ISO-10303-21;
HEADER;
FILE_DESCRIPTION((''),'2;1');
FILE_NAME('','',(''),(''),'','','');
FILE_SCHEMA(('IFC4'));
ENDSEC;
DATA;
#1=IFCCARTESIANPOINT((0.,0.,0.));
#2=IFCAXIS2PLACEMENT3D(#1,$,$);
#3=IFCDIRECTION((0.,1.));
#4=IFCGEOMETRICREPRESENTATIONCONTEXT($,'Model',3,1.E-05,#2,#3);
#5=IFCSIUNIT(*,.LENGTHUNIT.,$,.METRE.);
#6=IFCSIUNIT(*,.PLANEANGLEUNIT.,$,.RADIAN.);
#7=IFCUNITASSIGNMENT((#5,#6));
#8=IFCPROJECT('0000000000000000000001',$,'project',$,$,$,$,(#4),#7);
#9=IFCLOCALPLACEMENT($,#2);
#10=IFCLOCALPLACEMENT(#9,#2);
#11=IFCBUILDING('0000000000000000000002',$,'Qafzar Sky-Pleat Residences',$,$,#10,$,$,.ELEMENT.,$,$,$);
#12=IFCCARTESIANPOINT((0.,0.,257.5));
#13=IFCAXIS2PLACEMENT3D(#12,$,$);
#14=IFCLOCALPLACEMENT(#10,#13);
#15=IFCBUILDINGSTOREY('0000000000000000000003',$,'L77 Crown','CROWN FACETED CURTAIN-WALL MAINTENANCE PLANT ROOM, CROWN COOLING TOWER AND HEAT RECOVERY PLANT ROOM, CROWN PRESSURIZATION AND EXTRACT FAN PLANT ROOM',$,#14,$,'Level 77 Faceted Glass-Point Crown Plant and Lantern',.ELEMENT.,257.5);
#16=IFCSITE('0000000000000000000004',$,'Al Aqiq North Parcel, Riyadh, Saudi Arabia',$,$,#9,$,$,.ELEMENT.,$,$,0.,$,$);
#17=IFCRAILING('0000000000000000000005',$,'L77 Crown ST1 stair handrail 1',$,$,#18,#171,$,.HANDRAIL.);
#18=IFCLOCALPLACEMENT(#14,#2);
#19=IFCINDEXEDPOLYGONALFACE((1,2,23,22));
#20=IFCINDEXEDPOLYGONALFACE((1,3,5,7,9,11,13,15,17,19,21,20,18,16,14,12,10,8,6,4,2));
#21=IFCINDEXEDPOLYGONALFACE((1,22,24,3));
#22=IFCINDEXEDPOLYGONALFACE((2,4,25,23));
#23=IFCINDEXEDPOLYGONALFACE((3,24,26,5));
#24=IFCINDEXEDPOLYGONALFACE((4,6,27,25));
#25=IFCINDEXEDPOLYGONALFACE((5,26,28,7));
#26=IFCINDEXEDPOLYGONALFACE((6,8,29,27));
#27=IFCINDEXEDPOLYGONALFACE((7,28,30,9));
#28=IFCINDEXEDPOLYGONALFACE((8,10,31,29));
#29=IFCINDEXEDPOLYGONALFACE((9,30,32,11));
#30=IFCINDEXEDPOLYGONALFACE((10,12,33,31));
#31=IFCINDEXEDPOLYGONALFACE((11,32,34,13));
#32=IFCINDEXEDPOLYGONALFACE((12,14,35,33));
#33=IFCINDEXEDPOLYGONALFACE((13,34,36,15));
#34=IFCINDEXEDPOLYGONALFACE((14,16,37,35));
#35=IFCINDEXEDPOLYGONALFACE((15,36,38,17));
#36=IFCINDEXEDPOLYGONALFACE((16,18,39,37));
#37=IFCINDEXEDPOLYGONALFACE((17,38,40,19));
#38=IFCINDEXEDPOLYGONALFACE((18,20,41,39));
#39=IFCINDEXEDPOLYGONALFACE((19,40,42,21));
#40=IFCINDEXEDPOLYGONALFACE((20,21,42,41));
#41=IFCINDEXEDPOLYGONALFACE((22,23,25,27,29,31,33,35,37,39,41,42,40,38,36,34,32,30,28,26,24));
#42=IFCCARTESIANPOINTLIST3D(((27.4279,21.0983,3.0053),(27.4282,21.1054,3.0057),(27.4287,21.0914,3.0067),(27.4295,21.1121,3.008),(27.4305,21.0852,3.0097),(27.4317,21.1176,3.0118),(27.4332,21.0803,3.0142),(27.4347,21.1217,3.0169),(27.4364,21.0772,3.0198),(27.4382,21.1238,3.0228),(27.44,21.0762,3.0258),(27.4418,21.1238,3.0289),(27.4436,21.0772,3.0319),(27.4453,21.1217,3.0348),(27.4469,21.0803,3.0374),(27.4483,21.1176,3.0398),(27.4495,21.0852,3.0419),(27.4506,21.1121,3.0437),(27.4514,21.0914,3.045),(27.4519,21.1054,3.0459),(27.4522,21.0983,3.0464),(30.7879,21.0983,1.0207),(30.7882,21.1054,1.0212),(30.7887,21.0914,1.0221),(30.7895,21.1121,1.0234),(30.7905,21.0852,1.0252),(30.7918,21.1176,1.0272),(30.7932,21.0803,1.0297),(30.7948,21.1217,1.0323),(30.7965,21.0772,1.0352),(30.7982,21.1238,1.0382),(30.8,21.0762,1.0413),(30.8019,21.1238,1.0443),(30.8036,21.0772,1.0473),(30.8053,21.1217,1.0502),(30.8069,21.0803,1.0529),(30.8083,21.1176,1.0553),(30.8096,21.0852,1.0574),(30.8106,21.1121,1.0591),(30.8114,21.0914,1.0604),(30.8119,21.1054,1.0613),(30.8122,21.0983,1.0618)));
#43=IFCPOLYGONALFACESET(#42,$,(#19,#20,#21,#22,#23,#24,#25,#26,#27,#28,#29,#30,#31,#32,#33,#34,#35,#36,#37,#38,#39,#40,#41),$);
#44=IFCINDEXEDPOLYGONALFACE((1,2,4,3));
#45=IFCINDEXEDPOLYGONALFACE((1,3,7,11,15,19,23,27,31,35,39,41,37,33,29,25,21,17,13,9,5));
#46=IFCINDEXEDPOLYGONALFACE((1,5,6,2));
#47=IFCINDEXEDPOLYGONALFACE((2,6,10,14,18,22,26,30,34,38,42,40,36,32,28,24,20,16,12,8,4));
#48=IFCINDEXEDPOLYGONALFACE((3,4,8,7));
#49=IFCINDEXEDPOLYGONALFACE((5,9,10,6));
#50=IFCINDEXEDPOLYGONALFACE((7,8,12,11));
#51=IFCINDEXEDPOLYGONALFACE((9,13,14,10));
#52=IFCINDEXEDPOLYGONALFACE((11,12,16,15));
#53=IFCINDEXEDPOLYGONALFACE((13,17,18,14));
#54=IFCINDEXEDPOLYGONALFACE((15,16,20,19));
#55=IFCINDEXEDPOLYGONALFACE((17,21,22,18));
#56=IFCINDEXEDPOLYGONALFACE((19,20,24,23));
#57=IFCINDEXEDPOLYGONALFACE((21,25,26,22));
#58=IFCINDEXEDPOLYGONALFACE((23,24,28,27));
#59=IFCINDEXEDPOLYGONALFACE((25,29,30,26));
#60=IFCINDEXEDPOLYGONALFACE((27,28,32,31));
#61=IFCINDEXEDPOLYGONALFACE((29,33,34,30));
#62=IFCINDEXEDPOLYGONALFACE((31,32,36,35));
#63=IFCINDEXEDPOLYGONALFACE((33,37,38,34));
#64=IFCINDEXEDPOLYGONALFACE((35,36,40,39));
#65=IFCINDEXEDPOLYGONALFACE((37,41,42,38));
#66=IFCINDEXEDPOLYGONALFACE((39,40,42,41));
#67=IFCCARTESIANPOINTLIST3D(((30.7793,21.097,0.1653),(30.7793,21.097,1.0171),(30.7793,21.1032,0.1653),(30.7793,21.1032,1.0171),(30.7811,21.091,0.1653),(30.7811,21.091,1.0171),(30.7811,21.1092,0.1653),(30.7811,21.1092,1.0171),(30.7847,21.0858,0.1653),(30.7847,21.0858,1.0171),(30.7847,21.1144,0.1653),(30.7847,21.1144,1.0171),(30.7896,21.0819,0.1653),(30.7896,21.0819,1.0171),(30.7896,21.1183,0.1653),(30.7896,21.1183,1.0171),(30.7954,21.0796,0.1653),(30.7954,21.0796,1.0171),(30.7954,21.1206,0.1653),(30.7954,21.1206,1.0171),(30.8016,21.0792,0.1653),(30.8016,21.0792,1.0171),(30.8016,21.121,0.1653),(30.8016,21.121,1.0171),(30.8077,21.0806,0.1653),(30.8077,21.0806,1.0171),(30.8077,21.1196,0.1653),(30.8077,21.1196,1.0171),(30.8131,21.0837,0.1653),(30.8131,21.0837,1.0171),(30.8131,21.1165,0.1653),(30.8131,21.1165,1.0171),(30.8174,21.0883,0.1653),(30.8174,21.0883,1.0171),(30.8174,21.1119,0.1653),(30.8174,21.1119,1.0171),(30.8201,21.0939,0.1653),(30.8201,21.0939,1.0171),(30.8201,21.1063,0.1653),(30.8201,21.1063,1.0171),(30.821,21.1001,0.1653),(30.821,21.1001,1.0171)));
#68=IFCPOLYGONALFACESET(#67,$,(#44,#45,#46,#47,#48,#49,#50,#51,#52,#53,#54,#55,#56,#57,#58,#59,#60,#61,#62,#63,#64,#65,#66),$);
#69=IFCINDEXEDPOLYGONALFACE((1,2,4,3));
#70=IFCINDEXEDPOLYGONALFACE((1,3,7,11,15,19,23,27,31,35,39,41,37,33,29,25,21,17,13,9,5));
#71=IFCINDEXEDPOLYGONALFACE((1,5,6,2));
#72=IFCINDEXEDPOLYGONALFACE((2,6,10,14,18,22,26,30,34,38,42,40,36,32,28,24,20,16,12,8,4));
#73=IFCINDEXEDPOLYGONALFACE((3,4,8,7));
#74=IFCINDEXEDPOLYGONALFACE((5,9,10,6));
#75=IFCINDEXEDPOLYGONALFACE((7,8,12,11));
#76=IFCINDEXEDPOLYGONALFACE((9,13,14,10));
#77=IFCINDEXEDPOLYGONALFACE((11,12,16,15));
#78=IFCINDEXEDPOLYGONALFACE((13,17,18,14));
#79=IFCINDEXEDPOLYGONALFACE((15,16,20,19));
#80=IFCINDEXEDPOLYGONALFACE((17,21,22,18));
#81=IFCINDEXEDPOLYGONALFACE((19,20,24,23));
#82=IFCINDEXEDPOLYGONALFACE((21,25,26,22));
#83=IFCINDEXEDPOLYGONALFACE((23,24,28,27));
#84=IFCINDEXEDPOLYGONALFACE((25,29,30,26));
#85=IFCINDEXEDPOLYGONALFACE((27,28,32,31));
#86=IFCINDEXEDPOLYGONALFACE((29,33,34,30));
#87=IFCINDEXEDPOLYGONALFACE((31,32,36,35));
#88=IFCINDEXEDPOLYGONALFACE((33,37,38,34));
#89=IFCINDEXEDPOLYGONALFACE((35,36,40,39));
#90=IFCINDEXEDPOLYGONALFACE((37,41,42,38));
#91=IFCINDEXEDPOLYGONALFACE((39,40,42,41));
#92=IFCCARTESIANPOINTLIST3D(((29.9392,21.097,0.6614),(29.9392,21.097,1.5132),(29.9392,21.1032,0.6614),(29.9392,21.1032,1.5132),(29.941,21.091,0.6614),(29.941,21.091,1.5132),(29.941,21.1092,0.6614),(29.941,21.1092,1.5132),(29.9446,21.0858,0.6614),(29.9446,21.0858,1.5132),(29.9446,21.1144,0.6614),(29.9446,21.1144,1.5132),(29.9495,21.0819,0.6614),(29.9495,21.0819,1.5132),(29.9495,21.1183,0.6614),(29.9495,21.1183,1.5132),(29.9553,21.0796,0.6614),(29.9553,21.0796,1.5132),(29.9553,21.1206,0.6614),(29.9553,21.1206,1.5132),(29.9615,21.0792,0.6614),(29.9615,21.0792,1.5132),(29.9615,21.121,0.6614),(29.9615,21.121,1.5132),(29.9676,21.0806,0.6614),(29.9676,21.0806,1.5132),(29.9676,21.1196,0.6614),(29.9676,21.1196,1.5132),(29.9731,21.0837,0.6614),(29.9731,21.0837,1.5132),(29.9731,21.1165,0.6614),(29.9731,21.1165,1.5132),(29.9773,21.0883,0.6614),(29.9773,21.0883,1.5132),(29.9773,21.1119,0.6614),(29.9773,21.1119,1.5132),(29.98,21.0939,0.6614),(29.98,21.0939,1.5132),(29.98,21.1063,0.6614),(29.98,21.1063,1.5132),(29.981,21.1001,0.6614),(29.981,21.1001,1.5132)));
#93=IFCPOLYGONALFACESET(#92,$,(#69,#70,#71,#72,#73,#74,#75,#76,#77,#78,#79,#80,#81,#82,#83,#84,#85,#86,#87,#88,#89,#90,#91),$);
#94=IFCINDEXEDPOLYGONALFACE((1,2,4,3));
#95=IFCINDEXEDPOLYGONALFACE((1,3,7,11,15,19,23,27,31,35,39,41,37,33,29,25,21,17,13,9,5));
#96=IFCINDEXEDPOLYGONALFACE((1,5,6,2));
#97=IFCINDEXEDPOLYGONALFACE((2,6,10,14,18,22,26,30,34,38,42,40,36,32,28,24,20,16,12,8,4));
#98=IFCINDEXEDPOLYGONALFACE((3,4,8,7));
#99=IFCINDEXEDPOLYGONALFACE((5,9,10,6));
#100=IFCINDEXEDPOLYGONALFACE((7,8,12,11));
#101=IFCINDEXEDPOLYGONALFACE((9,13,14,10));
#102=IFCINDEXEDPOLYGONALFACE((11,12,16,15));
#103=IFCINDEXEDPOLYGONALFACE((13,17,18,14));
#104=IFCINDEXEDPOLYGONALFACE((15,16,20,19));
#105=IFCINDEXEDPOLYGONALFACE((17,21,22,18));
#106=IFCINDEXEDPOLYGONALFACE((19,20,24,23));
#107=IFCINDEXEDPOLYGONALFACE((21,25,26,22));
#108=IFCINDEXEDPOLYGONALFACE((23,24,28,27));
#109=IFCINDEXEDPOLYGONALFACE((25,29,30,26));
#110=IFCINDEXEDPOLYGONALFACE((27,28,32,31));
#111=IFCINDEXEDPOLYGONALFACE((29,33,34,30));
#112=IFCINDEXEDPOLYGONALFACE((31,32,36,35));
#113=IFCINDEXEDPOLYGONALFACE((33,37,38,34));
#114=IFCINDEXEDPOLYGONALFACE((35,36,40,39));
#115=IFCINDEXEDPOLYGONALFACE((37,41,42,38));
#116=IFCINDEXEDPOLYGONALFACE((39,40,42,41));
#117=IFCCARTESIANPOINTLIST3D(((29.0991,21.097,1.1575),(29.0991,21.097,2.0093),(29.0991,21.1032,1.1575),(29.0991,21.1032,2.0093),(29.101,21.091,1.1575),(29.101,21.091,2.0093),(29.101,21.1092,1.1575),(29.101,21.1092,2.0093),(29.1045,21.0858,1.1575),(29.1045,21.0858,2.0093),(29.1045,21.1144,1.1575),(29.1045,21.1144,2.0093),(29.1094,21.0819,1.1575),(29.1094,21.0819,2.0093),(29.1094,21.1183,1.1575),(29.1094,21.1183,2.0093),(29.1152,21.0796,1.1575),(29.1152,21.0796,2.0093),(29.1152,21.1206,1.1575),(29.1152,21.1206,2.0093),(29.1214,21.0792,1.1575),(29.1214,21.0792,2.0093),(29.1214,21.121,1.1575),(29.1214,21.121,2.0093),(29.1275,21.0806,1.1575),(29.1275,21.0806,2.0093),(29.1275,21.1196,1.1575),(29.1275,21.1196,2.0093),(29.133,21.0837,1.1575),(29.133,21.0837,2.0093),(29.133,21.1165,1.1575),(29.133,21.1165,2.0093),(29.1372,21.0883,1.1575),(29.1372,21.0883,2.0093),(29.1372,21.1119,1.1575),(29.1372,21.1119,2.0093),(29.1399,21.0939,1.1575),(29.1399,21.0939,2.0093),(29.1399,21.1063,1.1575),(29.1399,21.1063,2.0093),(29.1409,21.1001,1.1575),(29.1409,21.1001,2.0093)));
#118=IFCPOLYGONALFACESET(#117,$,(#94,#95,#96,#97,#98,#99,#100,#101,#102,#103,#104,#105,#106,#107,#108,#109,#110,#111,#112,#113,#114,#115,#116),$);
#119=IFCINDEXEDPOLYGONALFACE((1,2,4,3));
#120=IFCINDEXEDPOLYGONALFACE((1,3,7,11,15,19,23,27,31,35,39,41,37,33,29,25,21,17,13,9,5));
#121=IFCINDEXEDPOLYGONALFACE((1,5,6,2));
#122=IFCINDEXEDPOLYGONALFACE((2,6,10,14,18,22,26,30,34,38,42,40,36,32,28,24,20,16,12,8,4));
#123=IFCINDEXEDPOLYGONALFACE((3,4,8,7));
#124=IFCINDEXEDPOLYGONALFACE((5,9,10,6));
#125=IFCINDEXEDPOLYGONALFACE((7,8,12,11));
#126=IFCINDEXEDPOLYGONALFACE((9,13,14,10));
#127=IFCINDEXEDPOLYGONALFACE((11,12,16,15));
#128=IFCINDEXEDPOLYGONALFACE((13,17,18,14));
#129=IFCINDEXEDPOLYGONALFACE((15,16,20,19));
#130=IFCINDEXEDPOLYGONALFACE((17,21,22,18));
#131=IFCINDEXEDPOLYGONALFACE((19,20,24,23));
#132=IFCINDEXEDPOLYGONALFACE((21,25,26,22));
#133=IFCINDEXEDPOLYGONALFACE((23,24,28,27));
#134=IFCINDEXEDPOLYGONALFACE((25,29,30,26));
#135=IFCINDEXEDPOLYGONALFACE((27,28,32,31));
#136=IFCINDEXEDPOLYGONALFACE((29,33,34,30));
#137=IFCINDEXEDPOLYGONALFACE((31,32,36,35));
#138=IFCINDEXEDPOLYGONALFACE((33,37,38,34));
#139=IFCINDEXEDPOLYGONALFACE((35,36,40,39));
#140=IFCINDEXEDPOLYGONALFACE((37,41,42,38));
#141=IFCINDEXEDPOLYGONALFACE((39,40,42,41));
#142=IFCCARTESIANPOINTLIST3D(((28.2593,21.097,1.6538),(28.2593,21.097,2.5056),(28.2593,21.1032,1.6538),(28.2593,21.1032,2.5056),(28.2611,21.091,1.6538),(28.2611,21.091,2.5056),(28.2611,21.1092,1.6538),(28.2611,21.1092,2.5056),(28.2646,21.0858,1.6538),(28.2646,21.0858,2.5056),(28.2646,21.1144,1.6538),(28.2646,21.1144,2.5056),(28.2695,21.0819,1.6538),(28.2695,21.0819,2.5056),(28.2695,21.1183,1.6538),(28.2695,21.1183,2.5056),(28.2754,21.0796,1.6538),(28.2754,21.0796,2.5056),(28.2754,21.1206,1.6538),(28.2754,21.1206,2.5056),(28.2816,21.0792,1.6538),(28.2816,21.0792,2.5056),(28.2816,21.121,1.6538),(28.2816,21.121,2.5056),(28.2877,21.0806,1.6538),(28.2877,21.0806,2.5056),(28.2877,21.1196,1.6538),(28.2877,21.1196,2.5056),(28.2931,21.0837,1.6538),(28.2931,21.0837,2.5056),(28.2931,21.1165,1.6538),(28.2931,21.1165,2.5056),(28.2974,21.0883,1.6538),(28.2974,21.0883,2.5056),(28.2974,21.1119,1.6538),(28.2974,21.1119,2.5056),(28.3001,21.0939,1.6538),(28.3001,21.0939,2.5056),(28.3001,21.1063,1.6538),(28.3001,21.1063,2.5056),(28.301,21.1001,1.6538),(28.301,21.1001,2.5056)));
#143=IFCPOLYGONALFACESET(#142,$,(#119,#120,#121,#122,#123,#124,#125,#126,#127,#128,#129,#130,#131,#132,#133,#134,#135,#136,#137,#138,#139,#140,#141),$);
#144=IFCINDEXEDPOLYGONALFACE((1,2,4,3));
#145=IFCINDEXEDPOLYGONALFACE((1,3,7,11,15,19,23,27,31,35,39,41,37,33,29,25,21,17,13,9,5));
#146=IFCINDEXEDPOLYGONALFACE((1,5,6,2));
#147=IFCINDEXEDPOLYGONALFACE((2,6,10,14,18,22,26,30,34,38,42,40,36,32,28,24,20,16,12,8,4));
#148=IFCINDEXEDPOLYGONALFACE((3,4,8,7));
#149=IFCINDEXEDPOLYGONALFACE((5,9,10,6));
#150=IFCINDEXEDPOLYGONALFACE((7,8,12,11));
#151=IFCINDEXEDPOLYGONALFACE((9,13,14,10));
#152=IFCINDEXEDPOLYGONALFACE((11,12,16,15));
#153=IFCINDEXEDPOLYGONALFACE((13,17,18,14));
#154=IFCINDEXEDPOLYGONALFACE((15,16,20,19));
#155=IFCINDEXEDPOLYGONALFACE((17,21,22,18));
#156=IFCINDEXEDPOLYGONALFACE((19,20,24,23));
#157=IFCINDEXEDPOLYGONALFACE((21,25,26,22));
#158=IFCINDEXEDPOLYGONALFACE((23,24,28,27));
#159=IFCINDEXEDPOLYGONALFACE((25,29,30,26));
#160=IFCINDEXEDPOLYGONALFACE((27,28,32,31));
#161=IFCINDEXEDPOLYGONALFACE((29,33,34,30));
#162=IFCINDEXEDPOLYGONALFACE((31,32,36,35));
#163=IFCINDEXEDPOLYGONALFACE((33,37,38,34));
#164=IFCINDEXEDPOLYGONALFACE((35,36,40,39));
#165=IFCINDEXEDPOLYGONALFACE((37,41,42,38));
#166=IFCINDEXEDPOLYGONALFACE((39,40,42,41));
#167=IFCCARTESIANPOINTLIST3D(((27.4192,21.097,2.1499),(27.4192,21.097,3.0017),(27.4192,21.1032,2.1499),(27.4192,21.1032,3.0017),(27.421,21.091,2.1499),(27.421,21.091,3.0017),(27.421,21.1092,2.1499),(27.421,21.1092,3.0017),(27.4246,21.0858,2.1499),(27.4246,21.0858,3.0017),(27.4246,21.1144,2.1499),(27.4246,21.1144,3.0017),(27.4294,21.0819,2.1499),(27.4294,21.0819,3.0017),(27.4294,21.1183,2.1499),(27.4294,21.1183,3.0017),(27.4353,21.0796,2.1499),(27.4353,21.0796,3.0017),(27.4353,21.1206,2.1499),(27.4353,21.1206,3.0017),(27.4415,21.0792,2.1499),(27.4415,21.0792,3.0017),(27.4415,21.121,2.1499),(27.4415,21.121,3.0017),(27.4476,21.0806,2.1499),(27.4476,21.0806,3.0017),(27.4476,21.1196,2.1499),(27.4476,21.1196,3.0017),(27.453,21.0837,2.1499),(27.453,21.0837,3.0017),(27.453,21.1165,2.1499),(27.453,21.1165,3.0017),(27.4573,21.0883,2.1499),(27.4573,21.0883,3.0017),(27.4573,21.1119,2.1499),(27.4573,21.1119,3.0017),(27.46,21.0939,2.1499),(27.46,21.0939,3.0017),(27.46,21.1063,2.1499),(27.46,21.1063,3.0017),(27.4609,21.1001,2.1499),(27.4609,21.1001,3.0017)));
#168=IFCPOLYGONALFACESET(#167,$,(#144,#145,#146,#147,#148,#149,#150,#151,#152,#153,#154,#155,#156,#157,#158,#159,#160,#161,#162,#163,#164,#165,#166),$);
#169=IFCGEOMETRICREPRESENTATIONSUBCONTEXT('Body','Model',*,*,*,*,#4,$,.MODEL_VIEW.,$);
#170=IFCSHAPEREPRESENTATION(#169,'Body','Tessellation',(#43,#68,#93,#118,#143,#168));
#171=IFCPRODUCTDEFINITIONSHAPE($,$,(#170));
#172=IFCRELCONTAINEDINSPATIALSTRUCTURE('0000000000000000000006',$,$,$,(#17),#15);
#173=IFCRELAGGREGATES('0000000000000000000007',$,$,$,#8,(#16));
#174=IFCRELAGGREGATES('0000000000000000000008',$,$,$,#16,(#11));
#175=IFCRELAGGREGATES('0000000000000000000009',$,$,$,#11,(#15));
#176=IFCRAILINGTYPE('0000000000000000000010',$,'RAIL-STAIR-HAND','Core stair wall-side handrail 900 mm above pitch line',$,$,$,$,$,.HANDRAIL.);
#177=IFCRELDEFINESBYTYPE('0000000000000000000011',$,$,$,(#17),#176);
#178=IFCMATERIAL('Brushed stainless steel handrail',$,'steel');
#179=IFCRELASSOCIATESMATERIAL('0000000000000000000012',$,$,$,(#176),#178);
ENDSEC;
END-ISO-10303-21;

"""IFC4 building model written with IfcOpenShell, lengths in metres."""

from ifc_helpers import new_model, si_unit, direction, frame, origin, origin_2d, place, context, subcontext, project, spatial, circle, extrude, source, transform, mapped, material, type_object, element, save


model = new_model("IFC4")

# Units and contexts
model_context = context("Model", 3, precision=1e-05, world=origin(), true_north=direction((0.0, 1.0)))
body_context = subcontext(model_context, "Body", "Model", "MODEL_VIEW")
ifc_project = project(units=[si_unit("LENGTHUNIT", "METRE"), si_unit("PLANEANGLEUNIT", "RADIAN")], contexts=[model_context])

# Site, building, storey
site_placement = place(None, origin())
site = spatial("IfcSite", under=ifc_project, at=site_placement, Name="Al Aqiq North Parcel, Riyadh, Saudi Arabia", CompositionType="ELEMENT", RefElevation=0.0)
building_placement = place(site_placement, origin())
building = spatial("IfcBuilding", under=site, at=building_placement, Name="Qafzar Sky-Pleat Residences", CompositionType="ELEMENT")
storey_placement = place(building_placement, frame((0.0, 0.0, 257.5)))
storey = spatial("IfcBuildingStorey", under=building, at=storey_placement, Name="L77 Crown", Description="CROWN FACETED CURTAIN-WALL MAINTENANCE PLANT ROOM, CROWN COOLING TOWER AND HEAT RECOVERY PLANT ROOM, CROWN PRESSURIZATION AND EXTRACT FAN PLANT ROOM", LongName="Level 77 Faceted Glass-Point Crown Plant and Lantern", CompositionType="ELEMENT", Elevation=257.5)

# Railing
ifc_material_1 = material(Name="Brushed stainless steel handrail", Category="steel")
railing_type_1 = type_object("IfcRailingType", Name="RAIL-STAIR-HAND", Description="Core stair wall-side handrail 900 mm above pitch line", PredefinedType="HANDRAIL", material=ifc_material_1)
shared_shape_1 = source(origin(), body_context, "Body", "SweptSolid", [
    extrude(circle(Radius=0.0239, at=origin_2d()), frame((0.0, 0.0, 0.876), z_axis=(-0.861027, 0.0, 0.508559), x_axis=(0.0, -1.0, 0.0)), (0.0, 0.0, 1.0), 3.9023),
    extrude(circle(Radius=0.021, at=origin_2d()), origin(), (0.0, 0.0, 1.0), 0.8518),
    extrude(circle(Radius=0.021, at=origin_2d()), frame((-0.8401, 0.0, 0.4961)), (0.0, 0.0, 1.0), 0.8518),
    extrude(circle(Radius=0.021, at=origin_2d()), frame((-1.6802, 0.0, 0.9922)), (0.0, 0.0, 1.0), 0.8518),
    extrude(circle(Radius=0.021, at=origin_2d()), frame((-2.52, 0.0, 1.4885)), (0.0, 0.0, 1.0), 0.8518),
    extrude(circle(Radius=0.021, at=origin_2d()), frame((-3.3601, 0.0, 1.9846)), (0.0, 0.0, 1.0), 0.8518),
])
railing_1_placement = place(storey_placement, frame((30.8, 21.1001, 0.1653)))
element("IfcRailing", 1, at=railing_1_placement, inside=storey, type_object=railing_type_1, Name="L77 Crown ST1 stair handrail 1", PredefinedType="HANDRAIL", context=body_context, shape_type="MappedRepresentation", body=[
    mapped(shared_shape_1, transform((0.0, 0.0, 0.0), x_axis=(1.0, 0.0, 0.0), y_axis=(0.0, 1.0, 0.0), z_axis=(0.0, 0.0, 1.0), scale=1.0)),
])

save(model, "model.ifc")
